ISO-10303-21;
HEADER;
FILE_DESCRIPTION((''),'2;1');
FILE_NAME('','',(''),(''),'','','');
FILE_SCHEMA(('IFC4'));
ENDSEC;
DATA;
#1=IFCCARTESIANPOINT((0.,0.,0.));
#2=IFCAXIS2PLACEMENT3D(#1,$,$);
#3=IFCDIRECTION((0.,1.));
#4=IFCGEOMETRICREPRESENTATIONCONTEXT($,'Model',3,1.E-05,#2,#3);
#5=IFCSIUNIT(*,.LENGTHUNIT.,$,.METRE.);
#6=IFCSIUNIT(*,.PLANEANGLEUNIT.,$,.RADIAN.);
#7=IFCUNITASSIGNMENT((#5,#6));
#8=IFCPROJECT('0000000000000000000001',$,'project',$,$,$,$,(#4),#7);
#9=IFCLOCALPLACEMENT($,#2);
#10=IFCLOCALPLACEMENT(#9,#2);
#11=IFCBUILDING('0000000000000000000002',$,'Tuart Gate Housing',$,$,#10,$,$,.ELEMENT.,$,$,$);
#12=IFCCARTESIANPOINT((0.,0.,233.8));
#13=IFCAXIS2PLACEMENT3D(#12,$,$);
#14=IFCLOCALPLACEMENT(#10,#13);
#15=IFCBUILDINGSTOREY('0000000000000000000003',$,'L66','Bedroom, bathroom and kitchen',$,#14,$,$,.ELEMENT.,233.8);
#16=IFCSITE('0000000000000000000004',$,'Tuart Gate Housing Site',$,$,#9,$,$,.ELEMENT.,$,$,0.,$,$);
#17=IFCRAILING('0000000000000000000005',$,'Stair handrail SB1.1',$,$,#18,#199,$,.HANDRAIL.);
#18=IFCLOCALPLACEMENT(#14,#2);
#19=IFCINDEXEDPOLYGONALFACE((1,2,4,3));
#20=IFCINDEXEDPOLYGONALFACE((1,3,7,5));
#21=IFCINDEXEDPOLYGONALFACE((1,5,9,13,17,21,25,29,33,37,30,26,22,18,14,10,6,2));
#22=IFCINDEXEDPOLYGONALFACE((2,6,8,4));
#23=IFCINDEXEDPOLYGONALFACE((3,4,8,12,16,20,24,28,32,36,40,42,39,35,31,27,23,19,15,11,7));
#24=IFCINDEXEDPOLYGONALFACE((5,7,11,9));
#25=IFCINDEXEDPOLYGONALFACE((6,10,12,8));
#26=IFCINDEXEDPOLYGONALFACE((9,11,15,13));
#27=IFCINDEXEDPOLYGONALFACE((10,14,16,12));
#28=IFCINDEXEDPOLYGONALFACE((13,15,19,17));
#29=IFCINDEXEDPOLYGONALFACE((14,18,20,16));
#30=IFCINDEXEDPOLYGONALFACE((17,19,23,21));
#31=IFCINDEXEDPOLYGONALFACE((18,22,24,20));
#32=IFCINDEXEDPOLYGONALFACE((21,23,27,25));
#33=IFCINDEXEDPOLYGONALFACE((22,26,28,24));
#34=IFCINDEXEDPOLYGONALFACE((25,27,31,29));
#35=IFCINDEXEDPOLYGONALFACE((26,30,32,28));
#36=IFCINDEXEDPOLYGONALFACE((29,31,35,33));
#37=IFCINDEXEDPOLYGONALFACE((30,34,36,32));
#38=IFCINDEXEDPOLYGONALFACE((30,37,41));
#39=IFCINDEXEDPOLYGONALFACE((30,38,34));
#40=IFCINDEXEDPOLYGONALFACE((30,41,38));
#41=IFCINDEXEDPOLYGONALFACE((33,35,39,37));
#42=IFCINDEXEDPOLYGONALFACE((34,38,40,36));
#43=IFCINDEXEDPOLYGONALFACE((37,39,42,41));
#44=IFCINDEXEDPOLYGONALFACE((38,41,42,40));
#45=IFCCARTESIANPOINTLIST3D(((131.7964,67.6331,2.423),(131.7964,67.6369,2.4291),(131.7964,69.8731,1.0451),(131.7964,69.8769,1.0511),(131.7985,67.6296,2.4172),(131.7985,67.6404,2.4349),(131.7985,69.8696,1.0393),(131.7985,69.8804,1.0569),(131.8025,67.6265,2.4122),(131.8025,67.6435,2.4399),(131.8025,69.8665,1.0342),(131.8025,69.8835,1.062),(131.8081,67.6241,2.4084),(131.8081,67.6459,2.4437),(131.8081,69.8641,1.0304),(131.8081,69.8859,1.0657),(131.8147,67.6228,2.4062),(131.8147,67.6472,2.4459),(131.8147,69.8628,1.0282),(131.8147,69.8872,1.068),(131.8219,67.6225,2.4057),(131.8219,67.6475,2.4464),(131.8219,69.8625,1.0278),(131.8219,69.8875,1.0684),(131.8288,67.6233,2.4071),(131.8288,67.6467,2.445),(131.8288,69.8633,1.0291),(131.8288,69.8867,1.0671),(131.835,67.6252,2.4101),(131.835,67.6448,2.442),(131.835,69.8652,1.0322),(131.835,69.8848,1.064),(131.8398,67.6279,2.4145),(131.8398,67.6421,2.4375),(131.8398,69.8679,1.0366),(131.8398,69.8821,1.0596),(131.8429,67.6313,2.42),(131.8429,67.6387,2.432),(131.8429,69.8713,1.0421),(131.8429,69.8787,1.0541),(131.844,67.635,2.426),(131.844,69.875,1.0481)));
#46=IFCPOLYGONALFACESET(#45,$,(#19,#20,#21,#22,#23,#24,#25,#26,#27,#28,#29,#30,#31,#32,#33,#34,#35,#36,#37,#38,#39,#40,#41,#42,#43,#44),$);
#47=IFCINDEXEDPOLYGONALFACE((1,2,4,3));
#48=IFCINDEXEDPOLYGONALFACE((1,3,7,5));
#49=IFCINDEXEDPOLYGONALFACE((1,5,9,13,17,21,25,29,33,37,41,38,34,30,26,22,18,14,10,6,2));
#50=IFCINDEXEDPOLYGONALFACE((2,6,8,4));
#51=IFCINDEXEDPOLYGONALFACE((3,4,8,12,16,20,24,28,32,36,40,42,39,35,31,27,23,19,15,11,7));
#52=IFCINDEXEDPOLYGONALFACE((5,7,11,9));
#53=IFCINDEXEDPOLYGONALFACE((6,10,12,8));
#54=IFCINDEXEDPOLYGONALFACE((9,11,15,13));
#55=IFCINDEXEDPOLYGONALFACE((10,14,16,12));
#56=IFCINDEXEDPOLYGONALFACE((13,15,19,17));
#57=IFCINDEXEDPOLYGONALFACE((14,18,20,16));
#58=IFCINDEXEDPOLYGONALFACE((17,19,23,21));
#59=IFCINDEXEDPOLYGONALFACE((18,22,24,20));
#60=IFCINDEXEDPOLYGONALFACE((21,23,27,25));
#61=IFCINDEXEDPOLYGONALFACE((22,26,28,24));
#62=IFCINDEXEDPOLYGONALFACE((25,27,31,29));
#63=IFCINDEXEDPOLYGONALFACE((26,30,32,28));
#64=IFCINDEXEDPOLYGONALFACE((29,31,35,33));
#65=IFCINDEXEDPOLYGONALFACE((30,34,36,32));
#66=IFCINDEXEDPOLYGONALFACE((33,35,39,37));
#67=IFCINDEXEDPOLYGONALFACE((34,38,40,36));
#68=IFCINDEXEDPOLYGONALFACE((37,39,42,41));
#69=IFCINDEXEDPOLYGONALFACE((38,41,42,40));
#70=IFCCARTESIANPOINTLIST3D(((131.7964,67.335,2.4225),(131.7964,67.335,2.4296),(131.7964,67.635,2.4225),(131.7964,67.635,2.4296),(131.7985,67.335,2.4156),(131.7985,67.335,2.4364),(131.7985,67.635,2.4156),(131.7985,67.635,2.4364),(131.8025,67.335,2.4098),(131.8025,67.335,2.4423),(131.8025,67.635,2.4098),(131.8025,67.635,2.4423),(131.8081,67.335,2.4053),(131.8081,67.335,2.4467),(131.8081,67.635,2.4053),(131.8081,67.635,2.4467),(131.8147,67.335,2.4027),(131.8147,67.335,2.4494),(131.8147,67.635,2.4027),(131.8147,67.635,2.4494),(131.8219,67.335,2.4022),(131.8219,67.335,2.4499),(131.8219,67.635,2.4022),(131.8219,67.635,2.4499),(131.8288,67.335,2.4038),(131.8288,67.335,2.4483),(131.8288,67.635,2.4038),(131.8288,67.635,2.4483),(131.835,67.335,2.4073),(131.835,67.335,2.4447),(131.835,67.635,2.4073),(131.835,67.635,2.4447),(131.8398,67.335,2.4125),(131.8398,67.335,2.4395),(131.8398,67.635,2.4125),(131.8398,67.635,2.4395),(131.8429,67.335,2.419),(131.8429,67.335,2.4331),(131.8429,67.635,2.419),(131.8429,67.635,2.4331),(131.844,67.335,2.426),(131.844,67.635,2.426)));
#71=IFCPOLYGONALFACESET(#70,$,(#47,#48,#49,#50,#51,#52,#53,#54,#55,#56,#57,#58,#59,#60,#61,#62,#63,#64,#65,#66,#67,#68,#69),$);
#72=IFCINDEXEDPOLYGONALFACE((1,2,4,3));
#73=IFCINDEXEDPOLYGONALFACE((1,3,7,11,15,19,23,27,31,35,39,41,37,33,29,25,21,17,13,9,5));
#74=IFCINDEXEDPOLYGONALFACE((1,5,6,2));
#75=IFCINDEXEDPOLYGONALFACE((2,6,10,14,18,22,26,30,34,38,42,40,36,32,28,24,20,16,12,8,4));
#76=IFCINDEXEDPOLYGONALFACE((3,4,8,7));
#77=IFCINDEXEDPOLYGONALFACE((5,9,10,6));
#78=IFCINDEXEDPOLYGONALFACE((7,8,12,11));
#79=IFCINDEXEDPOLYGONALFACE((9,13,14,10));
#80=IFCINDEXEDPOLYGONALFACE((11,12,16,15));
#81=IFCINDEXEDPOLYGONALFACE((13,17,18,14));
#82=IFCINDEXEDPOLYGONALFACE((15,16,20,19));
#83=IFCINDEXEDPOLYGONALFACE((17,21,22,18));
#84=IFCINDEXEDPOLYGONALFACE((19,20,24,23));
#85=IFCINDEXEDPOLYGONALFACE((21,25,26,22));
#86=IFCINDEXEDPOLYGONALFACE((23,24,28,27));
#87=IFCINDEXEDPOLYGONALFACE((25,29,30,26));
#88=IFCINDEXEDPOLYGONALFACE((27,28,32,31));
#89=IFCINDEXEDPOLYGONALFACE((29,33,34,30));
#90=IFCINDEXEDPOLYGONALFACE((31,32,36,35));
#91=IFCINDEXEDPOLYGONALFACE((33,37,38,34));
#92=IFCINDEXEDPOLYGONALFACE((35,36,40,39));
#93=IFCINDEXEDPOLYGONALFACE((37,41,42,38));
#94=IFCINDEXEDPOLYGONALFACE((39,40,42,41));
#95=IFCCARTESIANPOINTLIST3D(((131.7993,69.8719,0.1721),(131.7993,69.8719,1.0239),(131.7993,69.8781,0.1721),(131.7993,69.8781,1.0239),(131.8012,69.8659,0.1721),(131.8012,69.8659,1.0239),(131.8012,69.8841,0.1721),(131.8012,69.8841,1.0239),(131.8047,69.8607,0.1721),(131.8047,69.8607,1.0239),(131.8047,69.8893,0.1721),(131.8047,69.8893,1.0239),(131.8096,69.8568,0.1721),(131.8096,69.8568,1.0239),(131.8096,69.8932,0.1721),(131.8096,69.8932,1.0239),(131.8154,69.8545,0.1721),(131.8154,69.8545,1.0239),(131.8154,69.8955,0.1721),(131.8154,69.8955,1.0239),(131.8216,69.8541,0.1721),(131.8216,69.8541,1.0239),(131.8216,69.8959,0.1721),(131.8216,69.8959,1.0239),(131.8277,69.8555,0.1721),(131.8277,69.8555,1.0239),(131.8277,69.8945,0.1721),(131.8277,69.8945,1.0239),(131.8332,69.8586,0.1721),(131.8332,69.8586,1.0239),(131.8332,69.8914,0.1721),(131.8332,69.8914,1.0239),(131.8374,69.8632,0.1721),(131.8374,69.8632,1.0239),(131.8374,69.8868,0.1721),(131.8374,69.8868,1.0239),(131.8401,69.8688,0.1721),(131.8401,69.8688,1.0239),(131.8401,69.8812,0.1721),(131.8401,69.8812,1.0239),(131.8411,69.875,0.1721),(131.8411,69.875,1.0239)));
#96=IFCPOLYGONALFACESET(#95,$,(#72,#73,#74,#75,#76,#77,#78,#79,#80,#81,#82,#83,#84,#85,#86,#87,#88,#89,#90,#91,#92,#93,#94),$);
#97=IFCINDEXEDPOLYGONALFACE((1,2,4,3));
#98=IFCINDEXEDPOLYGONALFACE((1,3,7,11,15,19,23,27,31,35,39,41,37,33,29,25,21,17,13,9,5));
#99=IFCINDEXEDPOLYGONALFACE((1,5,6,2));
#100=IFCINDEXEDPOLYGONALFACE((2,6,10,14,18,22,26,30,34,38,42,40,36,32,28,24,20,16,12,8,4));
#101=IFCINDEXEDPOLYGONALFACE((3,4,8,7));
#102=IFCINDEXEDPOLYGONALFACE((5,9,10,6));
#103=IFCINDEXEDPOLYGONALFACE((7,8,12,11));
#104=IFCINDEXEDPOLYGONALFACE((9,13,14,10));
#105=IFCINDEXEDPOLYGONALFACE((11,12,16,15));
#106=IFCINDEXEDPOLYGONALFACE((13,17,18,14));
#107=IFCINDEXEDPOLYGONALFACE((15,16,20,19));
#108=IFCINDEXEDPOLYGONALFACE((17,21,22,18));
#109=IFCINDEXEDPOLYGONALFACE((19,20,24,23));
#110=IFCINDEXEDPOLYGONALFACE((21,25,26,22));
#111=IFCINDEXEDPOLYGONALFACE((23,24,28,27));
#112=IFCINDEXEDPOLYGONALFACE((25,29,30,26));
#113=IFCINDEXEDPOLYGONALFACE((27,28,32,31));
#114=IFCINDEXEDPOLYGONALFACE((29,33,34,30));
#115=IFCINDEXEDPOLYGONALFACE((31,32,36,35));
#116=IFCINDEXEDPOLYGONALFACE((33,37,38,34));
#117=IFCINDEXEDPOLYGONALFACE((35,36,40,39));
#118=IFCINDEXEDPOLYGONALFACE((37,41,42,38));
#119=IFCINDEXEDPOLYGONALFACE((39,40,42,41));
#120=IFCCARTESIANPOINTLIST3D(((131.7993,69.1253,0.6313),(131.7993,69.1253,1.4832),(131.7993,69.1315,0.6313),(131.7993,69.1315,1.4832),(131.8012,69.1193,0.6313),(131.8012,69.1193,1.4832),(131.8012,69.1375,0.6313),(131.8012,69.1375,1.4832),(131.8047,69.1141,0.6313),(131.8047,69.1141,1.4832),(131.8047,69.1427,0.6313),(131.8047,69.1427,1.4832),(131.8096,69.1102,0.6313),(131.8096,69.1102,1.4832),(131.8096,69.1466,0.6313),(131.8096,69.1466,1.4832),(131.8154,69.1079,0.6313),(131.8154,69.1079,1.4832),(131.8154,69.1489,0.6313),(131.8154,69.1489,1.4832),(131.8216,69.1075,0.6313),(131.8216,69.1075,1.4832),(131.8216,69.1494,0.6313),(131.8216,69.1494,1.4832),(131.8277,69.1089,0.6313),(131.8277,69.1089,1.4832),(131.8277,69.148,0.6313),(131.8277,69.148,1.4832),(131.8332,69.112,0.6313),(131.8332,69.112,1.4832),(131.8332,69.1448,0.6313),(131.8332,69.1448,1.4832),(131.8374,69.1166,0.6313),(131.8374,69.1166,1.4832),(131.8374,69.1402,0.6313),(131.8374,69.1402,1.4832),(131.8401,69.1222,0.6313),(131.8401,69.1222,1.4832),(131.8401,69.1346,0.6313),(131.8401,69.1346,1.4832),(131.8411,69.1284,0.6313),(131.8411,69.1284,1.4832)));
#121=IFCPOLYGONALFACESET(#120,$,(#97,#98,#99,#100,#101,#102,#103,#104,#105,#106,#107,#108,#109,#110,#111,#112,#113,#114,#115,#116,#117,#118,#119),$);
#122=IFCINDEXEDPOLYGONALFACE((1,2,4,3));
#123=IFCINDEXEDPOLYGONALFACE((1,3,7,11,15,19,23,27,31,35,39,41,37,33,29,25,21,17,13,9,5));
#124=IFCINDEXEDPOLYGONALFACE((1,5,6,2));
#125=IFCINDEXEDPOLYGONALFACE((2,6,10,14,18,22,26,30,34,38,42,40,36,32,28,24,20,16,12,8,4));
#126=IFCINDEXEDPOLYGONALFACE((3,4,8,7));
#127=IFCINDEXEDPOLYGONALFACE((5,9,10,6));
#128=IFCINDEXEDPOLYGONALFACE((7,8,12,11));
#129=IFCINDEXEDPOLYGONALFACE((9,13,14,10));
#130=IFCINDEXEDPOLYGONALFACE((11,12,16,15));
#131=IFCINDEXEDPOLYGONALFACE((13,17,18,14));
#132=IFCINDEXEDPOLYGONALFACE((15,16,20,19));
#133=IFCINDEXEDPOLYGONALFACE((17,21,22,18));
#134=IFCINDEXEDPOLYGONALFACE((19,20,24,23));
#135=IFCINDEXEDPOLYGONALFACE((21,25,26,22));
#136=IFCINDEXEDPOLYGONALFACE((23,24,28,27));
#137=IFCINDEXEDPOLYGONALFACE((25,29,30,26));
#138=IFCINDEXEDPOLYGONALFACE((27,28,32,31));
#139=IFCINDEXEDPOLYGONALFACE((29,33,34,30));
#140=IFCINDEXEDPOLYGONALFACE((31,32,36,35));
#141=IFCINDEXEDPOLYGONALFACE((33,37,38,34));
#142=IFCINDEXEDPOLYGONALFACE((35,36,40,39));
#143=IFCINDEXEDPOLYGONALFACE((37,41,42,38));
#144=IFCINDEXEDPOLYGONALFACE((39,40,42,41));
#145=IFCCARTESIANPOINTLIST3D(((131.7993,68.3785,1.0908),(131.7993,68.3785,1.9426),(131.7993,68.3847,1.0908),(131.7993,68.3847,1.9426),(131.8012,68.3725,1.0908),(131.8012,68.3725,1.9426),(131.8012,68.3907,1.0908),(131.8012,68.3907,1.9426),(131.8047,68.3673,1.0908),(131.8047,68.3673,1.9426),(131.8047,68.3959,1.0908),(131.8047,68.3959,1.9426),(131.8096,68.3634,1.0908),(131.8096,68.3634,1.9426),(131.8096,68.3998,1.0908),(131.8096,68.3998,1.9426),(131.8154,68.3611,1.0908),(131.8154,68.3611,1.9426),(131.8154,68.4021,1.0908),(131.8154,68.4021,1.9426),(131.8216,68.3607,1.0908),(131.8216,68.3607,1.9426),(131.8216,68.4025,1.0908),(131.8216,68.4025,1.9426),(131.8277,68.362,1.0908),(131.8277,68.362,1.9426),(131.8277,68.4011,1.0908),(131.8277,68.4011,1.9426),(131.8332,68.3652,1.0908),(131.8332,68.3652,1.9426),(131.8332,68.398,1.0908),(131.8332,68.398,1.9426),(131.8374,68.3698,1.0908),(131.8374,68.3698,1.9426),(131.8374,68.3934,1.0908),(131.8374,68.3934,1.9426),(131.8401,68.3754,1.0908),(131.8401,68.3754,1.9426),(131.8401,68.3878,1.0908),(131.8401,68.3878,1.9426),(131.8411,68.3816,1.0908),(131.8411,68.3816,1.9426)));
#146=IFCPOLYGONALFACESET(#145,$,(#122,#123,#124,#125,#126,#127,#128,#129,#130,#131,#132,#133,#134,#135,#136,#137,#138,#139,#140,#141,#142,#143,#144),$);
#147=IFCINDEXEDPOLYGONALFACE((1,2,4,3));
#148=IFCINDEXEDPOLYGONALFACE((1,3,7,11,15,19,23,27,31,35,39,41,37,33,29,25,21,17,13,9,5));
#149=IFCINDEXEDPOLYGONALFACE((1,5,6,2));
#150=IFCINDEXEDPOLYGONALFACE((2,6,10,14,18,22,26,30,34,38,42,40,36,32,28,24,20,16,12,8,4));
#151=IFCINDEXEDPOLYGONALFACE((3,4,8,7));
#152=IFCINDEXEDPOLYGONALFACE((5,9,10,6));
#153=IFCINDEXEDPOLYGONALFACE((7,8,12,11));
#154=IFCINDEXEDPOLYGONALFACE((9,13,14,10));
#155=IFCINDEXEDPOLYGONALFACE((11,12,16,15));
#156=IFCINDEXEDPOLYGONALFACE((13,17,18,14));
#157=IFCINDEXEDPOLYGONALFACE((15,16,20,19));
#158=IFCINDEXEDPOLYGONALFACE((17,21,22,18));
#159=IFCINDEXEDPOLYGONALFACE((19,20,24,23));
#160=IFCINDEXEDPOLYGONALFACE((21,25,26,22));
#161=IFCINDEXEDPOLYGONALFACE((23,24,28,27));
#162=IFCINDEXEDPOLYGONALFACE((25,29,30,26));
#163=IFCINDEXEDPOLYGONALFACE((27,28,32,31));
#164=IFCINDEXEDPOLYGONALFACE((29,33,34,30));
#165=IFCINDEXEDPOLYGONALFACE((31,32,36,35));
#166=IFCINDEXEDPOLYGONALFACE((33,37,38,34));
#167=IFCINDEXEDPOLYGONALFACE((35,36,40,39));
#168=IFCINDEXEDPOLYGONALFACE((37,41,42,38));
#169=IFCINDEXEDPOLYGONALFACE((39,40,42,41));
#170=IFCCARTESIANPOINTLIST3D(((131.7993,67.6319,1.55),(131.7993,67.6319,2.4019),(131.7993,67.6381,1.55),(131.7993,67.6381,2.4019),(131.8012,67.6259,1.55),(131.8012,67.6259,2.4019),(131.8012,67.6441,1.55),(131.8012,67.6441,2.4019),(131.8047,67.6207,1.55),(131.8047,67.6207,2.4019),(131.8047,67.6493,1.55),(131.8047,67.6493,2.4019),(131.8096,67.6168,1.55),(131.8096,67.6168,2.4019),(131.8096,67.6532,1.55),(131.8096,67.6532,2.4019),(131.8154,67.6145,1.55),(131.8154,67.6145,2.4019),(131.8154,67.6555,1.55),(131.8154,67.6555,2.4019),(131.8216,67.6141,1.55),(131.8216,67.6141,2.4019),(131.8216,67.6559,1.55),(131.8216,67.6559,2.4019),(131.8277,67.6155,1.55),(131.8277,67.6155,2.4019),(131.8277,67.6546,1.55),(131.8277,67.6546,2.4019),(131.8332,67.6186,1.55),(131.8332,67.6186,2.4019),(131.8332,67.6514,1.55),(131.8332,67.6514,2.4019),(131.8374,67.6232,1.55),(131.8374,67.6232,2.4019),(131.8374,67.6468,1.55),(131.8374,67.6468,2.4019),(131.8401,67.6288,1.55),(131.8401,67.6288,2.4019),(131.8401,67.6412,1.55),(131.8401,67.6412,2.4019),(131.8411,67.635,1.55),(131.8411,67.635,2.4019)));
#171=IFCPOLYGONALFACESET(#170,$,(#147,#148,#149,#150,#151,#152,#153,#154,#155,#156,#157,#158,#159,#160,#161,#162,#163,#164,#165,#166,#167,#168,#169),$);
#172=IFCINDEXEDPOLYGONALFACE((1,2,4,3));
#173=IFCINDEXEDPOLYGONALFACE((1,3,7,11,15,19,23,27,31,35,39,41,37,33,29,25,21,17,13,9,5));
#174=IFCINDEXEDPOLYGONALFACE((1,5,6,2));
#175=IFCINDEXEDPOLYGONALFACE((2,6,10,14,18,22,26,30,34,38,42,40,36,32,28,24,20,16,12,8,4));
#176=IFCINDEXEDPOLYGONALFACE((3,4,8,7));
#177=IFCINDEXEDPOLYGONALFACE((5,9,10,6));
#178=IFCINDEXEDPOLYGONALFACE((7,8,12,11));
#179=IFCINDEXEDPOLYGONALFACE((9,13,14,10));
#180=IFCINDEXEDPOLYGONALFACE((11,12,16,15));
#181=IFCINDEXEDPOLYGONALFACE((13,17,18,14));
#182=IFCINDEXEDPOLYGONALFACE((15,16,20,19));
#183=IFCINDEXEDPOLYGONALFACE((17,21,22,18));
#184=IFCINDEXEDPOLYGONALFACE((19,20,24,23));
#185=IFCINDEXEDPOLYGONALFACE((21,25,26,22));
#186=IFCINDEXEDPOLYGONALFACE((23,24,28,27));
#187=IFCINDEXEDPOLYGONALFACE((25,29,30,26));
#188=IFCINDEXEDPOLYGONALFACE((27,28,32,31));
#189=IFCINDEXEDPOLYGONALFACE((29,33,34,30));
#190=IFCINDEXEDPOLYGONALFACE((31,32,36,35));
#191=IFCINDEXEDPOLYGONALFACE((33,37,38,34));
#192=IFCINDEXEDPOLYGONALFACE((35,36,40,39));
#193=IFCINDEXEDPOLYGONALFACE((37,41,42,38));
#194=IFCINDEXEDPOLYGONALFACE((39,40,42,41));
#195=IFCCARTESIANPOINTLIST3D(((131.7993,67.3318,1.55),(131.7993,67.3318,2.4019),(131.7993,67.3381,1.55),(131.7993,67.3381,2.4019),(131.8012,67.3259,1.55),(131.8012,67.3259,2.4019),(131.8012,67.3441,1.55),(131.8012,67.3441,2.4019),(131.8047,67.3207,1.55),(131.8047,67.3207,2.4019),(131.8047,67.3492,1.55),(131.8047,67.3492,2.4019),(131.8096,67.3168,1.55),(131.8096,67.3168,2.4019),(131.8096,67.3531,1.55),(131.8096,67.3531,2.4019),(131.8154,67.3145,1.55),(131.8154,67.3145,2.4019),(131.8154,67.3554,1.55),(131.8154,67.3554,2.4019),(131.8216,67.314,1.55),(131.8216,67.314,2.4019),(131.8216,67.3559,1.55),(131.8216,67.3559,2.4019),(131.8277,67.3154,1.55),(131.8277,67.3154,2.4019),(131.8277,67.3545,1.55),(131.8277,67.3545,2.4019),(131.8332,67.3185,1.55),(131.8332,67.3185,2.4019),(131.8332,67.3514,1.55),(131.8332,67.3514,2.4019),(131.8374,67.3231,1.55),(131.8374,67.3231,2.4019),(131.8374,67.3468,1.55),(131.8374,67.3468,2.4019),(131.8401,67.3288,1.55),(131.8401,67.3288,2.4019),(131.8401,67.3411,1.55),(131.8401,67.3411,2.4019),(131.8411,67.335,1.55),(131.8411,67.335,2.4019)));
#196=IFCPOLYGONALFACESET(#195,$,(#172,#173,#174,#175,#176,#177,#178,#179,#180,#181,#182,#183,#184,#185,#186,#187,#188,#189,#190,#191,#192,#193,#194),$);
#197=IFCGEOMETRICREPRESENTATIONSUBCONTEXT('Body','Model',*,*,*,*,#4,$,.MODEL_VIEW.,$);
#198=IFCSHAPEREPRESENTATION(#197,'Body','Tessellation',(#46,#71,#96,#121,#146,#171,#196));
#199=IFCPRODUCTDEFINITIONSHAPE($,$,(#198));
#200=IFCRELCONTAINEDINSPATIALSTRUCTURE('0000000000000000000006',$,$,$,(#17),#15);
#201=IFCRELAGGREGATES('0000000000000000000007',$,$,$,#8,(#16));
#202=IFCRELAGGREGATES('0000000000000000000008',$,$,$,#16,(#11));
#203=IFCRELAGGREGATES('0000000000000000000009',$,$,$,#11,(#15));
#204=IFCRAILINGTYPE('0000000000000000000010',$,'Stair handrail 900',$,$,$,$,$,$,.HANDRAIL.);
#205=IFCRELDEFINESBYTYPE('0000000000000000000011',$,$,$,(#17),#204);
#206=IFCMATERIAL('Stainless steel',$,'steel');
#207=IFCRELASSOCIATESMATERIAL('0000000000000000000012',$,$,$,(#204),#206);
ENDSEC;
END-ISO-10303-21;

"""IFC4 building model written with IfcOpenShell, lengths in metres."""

from ifc_helpers import new_model, si_unit, direction, frame, origin, origin_2d, place, context, subcontext, project, spatial, circle, extrude, material, type_object, element, save


model = new_model("IFC4")

# Units and contexts
model_context = context("Model", 3, precision=1e-05, world=origin(), true_north=direction((0.0, 1.0)))
body_context = subcontext(model_context, "Body", "Model", "MODEL_VIEW")
ifc_project = project(units=[si_unit("LENGTHUNIT", "METRE"), si_unit("PLANEANGLEUNIT", "RADIAN")], contexts=[model_context])

# Site, building, storey
site_placement = place(None, origin())
site = spatial("IfcSite", under=ifc_project, at=site_placement, Name="Tuart Gate Housing Site", CompositionType="ELEMENT", RefElevation=0.0)
building_placement = place(site_placement, origin())
building = spatial("IfcBuilding", under=site, at=building_placement, Name="Tuart Gate Housing", CompositionType="ELEMENT")
storey_placement = place(building_placement, frame((0.0, 0.0, 233.8)))
storey = spatial("IfcBuildingStorey", under=building, at=storey_placement, Name="L66", Description="Bedroom, bathroom and kitchen", CompositionType="ELEMENT", Elevation=233.8)

# Railing
ifc_material_1 = material(Name="Stainless steel", Category="steel")
railing_type = type_object("IfcRailingType", Name="Stair handrail 900", PredefinedType="HANDRAIL", material=ifc_material_1)
railing_placement = place(storey_placement, frame((131.8201, 69.875, 0.1721)))
element("IfcRailing", 1, at=railing_placement, inside=storey, type_object=railing_type, Name="Stair handrail SB1.1", PredefinedType="HANDRAIL", context=body_context, shape_type="SweptSolid", body=[
    extrude(circle(Radius=0.0239, at=origin_2d()), frame((0.0, 0.0, 0.876), z_axis=(0.0, -0.851748, 0.523952), x_axis=(1.0, 0.0, 0.0)), (0.0, 0.0, 1.0), 2.6299),
    extrude(circle(Radius=0.0239, at=origin_2d()), frame((0.0, -2.24, 2.2539), z_axis=(0.0, -1.0, 0.0), x_axis=(1.0, 0.0, 0.0)), (0.0, 0.0, 1.0), 0.3),
    extrude(circle(Radius=0.021, at=origin_2d()), origin(), (0.0, 0.0, 1.0), 0.8518),
    extrude(circle(Radius=0.021, at=origin_2d()), frame((0.0, -0.7466, 0.4592)), (0.0, 0.0, 1.0), 0.8518),
    extrude(circle(Radius=0.021, at=origin_2d()), frame((0.0, -1.4934, 0.9187)), (0.0, 0.0, 1.0), 0.8518),
    extrude(circle(Radius=0.021, at=origin_2d()), frame((0.0, -2.24, 1.3779)), (0.0, 0.0, 1.0), 0.8518),
    extrude(circle(Radius=0.021, at=origin_2d()), frame((0.0, -2.54, 1.3779)), (0.0, 0.0, 1.0), 0.8518),
])

save(model, "model.ifc")
